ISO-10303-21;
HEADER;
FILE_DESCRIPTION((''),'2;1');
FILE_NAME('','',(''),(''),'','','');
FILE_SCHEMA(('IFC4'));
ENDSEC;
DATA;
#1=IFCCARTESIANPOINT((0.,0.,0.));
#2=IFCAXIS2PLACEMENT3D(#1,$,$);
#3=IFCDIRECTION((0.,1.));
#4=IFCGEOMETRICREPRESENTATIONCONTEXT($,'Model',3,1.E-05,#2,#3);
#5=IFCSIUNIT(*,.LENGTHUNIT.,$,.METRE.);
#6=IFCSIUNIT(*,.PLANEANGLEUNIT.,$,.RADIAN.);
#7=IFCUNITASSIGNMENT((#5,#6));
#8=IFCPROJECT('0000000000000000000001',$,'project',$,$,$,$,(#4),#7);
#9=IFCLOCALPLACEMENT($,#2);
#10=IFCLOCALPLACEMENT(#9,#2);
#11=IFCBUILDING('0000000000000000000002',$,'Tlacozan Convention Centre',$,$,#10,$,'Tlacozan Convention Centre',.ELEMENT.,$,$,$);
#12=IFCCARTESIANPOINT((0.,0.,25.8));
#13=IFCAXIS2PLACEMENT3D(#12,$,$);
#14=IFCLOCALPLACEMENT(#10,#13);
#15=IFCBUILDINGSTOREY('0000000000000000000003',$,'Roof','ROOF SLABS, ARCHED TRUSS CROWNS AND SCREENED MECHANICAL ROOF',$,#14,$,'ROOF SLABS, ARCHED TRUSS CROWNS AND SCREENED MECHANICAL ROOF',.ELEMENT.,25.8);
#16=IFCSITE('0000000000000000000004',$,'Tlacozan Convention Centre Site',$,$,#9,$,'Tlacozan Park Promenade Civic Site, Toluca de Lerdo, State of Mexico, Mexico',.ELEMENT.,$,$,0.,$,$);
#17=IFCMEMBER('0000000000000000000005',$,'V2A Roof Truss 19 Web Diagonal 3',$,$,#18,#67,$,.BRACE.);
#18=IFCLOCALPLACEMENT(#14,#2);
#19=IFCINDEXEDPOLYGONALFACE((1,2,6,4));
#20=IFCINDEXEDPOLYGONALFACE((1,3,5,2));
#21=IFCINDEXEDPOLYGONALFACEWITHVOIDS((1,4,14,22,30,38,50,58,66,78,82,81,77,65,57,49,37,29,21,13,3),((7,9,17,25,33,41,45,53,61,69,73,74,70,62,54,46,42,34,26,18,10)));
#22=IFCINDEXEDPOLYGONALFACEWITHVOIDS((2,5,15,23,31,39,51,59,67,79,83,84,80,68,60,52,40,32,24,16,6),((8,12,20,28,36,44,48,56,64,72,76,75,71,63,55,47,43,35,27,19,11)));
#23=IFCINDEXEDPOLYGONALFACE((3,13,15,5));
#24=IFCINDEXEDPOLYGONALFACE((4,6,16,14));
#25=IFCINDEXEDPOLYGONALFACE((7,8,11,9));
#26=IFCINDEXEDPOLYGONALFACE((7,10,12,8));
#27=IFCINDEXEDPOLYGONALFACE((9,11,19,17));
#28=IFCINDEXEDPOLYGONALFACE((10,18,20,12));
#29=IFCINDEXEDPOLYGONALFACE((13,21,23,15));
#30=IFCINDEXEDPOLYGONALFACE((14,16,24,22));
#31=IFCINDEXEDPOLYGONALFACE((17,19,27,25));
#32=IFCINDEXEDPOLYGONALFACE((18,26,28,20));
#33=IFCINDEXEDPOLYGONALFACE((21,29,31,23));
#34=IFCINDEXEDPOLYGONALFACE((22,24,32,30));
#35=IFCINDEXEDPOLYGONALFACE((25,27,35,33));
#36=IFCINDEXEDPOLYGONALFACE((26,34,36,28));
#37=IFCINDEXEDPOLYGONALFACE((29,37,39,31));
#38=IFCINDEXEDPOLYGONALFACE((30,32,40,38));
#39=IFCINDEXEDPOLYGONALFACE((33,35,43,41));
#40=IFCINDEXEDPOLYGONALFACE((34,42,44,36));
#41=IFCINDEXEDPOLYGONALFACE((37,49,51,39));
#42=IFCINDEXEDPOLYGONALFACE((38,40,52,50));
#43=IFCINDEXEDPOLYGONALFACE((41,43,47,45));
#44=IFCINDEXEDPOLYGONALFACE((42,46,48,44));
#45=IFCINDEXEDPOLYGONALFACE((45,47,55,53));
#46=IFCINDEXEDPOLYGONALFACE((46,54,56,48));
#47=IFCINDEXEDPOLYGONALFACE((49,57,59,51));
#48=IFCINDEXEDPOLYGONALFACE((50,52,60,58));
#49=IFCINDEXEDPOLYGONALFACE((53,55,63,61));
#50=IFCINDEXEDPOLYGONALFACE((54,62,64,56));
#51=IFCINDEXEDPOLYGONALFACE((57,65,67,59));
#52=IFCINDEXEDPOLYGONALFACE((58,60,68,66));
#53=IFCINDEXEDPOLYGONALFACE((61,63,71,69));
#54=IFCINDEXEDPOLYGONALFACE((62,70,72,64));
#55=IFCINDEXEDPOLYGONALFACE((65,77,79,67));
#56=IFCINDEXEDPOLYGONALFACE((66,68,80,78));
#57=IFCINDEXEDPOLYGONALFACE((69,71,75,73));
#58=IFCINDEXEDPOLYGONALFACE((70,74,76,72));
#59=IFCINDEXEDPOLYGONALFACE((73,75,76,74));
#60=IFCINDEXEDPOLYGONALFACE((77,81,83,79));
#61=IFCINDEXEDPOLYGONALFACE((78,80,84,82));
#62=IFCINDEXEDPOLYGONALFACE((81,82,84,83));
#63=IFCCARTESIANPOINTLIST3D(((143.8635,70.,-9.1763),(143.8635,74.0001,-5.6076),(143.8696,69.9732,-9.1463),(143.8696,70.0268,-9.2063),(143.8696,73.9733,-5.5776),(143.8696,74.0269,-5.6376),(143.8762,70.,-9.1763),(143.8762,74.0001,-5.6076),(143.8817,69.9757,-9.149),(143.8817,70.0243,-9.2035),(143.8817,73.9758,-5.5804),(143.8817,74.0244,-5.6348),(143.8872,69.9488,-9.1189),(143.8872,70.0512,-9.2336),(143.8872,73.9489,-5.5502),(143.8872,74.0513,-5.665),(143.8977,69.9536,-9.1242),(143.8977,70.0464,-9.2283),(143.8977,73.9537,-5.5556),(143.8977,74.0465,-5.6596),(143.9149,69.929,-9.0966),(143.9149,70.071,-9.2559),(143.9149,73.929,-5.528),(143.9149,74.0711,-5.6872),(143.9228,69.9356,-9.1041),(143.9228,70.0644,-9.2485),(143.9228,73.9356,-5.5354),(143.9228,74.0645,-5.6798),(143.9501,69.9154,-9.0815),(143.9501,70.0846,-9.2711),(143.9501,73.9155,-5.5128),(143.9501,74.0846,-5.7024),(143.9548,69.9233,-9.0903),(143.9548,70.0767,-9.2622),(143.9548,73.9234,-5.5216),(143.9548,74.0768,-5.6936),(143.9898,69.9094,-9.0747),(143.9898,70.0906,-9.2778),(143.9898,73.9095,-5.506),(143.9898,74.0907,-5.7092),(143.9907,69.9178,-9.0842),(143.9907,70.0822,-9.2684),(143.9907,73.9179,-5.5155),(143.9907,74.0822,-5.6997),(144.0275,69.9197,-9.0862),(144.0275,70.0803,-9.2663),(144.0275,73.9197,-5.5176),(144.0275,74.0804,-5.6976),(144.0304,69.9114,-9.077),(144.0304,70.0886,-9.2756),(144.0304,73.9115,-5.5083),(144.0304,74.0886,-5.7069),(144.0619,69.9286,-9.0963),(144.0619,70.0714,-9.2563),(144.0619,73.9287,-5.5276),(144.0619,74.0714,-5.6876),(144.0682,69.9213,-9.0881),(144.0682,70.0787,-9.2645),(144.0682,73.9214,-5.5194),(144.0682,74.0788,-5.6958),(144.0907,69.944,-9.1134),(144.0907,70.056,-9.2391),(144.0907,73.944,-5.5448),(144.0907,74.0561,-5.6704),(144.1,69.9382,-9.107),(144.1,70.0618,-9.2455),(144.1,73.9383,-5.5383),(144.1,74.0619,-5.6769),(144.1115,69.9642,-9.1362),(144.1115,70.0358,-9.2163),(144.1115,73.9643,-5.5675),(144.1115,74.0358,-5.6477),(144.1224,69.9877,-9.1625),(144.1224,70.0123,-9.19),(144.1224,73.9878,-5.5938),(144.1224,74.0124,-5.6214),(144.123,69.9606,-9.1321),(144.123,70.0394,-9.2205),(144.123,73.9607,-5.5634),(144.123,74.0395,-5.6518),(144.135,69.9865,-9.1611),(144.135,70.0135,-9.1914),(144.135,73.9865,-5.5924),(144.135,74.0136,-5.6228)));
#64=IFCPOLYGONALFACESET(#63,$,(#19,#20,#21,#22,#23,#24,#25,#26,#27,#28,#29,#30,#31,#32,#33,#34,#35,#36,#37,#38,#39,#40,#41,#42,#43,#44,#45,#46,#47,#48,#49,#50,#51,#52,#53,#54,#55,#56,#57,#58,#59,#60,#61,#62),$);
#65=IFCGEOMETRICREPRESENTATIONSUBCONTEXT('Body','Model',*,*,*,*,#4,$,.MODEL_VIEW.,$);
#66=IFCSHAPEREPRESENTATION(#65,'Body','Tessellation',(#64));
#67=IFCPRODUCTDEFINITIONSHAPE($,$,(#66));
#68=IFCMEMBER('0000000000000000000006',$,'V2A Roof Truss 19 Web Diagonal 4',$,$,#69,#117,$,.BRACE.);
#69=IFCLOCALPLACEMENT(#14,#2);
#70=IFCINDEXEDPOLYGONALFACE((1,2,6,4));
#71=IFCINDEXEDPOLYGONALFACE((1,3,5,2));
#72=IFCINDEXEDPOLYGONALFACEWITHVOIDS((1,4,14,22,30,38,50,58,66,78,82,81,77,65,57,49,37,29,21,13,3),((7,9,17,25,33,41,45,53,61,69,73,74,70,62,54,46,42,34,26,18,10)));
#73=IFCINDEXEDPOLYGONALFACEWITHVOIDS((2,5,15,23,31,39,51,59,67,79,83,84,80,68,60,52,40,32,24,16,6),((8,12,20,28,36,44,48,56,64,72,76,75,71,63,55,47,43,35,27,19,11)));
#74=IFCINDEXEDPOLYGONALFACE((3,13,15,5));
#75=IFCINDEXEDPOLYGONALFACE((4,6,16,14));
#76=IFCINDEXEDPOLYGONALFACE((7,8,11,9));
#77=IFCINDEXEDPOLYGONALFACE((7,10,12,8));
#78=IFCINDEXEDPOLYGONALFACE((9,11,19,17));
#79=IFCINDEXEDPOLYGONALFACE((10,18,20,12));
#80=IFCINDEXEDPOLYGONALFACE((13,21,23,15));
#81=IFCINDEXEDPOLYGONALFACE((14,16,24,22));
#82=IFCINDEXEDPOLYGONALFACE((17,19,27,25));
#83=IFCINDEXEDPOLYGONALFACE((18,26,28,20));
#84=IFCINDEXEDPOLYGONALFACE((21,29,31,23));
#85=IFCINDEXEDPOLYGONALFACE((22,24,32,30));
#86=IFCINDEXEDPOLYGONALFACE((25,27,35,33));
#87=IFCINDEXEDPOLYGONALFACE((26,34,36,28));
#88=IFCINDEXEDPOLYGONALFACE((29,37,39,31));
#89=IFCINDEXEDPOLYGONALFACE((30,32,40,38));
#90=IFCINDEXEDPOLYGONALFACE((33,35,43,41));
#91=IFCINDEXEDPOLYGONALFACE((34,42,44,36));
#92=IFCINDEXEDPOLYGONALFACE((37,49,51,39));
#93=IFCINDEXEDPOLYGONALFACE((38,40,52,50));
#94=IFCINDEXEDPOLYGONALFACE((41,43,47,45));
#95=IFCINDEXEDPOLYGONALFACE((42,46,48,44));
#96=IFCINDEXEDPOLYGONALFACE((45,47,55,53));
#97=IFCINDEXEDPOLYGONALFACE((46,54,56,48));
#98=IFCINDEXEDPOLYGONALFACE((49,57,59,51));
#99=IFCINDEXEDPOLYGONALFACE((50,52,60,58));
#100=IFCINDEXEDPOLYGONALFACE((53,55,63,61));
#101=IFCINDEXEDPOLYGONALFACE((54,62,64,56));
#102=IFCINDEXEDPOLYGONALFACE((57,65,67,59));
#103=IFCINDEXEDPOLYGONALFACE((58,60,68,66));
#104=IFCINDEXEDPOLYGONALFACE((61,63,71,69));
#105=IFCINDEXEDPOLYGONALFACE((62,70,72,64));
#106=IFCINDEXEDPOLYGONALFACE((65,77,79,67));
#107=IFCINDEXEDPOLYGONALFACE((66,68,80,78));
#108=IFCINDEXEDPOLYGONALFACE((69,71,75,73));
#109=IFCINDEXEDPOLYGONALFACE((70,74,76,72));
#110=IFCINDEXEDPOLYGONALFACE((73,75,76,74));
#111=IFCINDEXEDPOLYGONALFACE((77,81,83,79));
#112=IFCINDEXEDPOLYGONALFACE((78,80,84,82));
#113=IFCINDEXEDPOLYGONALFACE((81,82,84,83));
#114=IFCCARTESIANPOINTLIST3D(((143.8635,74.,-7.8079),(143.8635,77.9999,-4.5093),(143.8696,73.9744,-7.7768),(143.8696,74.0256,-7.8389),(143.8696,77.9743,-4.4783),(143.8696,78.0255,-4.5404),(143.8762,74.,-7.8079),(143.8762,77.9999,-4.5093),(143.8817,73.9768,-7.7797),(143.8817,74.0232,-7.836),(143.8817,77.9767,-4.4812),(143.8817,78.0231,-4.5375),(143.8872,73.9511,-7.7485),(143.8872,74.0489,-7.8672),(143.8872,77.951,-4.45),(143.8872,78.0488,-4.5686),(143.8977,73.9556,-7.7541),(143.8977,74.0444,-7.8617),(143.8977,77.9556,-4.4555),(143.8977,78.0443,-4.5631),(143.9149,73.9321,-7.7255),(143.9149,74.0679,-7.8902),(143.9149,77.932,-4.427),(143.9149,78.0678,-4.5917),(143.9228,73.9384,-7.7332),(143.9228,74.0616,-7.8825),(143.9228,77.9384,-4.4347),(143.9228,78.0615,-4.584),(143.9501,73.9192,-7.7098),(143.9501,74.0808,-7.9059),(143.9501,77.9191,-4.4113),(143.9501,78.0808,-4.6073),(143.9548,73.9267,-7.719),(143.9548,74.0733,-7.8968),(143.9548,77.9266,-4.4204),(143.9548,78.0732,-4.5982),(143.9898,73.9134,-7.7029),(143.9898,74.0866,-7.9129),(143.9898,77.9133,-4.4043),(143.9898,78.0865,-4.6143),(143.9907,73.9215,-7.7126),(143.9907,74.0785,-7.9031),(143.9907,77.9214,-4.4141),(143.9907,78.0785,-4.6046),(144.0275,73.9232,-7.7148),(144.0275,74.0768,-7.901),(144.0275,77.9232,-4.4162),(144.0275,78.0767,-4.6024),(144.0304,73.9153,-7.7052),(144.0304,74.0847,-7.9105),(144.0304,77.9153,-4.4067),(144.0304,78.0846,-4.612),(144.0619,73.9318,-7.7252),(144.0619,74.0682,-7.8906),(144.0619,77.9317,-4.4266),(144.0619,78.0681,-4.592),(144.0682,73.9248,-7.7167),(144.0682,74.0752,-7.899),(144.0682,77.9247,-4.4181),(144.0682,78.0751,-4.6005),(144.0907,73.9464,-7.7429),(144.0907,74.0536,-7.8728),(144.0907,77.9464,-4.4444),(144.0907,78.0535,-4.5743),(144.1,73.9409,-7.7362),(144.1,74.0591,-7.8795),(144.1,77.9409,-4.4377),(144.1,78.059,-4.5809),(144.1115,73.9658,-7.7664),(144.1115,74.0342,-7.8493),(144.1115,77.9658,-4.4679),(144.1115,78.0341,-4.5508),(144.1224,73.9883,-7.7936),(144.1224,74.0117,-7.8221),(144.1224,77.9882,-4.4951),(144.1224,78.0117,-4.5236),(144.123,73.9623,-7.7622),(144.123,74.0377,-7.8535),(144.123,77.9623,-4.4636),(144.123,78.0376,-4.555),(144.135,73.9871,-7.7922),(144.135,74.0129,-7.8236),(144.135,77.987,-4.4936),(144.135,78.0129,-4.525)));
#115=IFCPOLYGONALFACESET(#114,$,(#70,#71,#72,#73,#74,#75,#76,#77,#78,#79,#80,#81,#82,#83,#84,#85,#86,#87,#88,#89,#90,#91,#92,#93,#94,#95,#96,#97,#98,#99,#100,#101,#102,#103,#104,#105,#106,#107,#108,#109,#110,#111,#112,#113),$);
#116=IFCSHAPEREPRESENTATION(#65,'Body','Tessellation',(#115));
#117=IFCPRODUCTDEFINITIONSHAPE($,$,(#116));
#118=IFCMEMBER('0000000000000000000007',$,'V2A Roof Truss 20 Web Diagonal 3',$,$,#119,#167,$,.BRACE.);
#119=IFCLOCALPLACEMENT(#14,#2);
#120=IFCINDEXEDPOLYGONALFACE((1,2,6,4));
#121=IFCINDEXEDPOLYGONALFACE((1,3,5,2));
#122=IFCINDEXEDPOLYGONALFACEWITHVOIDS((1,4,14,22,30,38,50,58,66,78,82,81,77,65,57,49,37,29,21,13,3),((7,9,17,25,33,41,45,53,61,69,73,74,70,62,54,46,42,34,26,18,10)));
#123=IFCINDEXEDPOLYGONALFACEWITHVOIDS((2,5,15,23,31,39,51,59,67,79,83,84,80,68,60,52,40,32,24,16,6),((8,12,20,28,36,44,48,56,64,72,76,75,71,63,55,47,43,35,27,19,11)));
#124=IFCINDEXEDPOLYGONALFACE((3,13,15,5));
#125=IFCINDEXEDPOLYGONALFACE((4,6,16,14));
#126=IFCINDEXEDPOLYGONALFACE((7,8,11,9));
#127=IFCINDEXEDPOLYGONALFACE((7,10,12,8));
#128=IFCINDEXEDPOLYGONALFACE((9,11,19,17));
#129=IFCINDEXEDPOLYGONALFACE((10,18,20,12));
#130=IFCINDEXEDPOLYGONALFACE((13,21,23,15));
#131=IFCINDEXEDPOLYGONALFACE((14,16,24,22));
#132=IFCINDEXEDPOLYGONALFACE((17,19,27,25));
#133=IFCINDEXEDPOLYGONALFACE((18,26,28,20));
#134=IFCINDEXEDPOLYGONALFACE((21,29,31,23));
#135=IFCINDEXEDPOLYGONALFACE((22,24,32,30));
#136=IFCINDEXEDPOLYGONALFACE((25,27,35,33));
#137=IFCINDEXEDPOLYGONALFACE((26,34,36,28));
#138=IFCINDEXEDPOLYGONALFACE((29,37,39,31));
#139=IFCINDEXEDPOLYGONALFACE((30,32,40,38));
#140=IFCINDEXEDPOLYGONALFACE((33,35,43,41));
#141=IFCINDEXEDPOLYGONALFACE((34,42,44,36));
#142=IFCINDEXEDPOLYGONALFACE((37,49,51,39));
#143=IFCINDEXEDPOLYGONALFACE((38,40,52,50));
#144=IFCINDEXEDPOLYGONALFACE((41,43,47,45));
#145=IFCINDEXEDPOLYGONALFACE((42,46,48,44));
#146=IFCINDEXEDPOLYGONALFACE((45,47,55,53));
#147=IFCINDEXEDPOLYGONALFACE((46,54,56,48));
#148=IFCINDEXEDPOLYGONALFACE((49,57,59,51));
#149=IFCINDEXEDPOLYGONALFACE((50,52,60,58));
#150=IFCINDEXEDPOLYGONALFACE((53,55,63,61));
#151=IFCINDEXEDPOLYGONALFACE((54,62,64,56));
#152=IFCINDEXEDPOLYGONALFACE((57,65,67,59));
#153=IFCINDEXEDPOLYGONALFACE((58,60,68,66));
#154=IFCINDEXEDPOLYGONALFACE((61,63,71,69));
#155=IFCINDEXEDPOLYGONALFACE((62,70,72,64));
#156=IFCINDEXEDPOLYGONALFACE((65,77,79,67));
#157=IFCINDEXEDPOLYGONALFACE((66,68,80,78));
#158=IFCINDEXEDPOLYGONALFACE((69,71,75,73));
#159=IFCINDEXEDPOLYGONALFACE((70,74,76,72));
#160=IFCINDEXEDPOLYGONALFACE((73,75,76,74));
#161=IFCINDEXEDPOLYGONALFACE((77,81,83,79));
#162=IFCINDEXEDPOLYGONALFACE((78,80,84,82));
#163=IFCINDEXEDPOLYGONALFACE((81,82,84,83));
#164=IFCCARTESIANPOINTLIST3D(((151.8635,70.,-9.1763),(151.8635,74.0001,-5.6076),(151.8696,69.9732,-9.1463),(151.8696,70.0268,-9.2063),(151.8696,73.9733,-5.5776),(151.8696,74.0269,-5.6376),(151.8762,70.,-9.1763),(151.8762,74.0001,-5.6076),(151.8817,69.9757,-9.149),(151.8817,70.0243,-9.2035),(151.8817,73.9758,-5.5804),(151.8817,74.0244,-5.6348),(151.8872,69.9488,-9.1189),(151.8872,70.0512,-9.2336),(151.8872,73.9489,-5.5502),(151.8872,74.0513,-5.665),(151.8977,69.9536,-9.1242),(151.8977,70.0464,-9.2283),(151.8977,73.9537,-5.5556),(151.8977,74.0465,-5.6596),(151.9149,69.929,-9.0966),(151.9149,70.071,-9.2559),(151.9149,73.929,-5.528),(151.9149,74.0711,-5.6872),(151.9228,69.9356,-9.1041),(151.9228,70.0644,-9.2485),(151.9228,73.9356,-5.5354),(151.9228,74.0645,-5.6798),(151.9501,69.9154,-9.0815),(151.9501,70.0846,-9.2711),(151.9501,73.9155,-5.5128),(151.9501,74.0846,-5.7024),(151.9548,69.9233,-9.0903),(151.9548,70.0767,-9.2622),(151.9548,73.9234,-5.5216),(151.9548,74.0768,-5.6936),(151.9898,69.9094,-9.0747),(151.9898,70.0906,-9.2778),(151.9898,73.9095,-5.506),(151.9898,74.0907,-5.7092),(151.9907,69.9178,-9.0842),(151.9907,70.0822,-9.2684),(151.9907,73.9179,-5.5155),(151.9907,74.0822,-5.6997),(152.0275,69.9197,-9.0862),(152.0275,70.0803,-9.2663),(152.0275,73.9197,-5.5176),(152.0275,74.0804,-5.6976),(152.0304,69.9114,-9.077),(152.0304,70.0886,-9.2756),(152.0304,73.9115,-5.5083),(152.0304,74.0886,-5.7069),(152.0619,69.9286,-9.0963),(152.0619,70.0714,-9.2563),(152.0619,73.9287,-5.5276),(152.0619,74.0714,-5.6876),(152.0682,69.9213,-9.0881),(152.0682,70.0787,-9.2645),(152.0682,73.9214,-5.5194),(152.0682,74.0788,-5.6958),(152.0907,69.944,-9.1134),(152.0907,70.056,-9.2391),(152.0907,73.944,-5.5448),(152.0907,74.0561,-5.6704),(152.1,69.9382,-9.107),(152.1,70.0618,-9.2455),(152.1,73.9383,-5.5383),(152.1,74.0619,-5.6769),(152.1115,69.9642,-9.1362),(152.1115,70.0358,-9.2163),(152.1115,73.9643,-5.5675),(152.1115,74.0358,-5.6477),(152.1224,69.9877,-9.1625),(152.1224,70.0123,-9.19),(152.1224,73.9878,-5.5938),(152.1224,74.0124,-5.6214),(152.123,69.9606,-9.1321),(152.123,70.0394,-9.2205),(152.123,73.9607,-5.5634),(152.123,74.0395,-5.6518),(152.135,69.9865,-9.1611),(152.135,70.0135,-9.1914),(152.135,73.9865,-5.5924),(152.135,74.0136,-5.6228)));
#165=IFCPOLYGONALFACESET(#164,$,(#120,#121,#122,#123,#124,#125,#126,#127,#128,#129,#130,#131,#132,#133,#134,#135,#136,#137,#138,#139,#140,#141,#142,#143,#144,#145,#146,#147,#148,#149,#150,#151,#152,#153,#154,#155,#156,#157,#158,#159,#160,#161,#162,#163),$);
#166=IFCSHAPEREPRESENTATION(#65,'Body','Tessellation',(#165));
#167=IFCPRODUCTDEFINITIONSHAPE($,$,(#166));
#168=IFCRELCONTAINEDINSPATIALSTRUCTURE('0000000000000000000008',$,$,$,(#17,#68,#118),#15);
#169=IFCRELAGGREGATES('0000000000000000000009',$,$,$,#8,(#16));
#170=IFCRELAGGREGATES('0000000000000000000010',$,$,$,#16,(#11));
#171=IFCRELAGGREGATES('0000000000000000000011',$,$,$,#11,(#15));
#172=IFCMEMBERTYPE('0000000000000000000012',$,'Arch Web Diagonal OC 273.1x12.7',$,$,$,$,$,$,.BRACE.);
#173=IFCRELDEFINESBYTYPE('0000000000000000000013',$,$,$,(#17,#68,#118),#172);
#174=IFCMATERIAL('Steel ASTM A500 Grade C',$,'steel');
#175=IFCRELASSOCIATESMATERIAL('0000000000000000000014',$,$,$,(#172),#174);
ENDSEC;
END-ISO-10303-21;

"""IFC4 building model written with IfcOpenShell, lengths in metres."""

from ifc_helpers import new_model, si_unit, direction, frame, origin, origin_2d, place, context, subcontext, project, spatial, hollow_circle, extrude, material, material_profile, profile_set, type_object, element, save


model = new_model("IFC4")

# Units and contexts
model_context = context("Model", 3, precision=1e-05, world=origin(), true_north=direction((0.0, 1.0)))
body_context = subcontext(model_context, "Body", "Model", "MODEL_VIEW")
ifc_project = project(units=[si_unit("LENGTHUNIT", "METRE"), si_unit("PLANEANGLEUNIT", "RADIAN")], contexts=[model_context])

# Site, building, storey
site_placement = place(None, origin())
site = spatial("IfcSite", under=ifc_project, at=site_placement, Name="Tlacozan Convention Centre Site", LongName="Tlacozan Park Promenade Civic Site, Toluca de Lerdo, State of Mexico, Mexico", CompositionType="ELEMENT", RefElevation=0.0)
building_placement = place(site_placement, origin())
building = spatial("IfcBuilding", under=site, at=building_placement, Name="Tlacozan Convention Centre", LongName="Tlacozan Convention Centre", CompositionType="ELEMENT")
storey_placement = place(building_placement, frame((0.0, 0.0, 25.8)))
storey = spatial("IfcBuildingStorey", under=building, at=storey_placement, Name="Roof", Description="ROOF SLABS, ARCHED TRUSS CROWNS AND SCREENED MECHANICAL ROOF", LongName="ROOF SLABS, ARCHED TRUSS CROWNS AND SCREENED MECHANICAL ROOF", CompositionType="ELEMENT", Elevation=25.8)

# Members
ifc_material_1 = material(Name="Steel ASTM A500 Grade C", Category="steel")
ifc_material_profile_1 = material_profile(ifc_material_1, hollow_circle(Radius=0.1365, WallThickness=0.0127, at=origin_2d()), Name="OC 273.1x12.7")
ifc_profile_set_1 = profile_set([ifc_material_profile_1], Name="Steel ASTM A500 Grade C")
member_type_1 = type_object("IfcMemberType", Name="Arch Web Diagonal OC 273.1x12.7", PredefinedType="BRACE", material=ifc_profile_set_1)
member_1_placement = place(storey_placement, frame((144.0, 70.0, -9.1763), z_axis=(0.0, 0.746199, 0.665722), x_axis=(-1.0, 0.0, 0.0)))
element("IfcMember", 1, at=member_1_placement, inside=storey, type_object=member_type_1, Name="V2A Roof Truss 19 Web Diagonal 3", PredefinedType="BRACE", context=body_context, shape_type="SweptSolid", body=[
    extrude(hollow_circle(Radius=0.1365, WallThickness=0.0127, at=origin_2d()), origin(), (0.0, 0.0, 1.0), 5.3606),
])
member_2_placement = place(storey_placement, frame((144.0, 74.0, -7.8079), z_axis=(0.0, 0.771507, 0.63622), x_axis=(-1.0, 0.0, 0.0)))
element("IfcMember", 2, at=member_2_placement, inside=storey, type_object=member_type_1, Name="V2A Roof Truss 19 Web Diagonal 4", PredefinedType="BRACE", context=body_context, shape_type="SweptSolid", body=[
    extrude(hollow_circle(Radius=0.1365, WallThickness=0.0127, at=origin_2d()), origin(), (0.0, 0.0, 1.0), 5.1846),
])
member_3_placement = place(storey_placement, frame((152.0, 70.0, -9.1763), z_axis=(0.0, 0.746199, 0.665722), x_axis=(-1.0, 0.0, 0.0)))
element("IfcMember", 3, at=member_3_placement, inside=storey, type_object=member_type_1, Name="V2A Roof Truss 20 Web Diagonal 3", PredefinedType="BRACE", context=body_context, shape_type="SweptSolid", body=[
    extrude(hollow_circle(Radius=0.1365, WallThickness=0.0127, at=origin_2d()), origin(), (0.0, 0.0, 1.0), 5.3606),
])

save(model, "model.ifc")
